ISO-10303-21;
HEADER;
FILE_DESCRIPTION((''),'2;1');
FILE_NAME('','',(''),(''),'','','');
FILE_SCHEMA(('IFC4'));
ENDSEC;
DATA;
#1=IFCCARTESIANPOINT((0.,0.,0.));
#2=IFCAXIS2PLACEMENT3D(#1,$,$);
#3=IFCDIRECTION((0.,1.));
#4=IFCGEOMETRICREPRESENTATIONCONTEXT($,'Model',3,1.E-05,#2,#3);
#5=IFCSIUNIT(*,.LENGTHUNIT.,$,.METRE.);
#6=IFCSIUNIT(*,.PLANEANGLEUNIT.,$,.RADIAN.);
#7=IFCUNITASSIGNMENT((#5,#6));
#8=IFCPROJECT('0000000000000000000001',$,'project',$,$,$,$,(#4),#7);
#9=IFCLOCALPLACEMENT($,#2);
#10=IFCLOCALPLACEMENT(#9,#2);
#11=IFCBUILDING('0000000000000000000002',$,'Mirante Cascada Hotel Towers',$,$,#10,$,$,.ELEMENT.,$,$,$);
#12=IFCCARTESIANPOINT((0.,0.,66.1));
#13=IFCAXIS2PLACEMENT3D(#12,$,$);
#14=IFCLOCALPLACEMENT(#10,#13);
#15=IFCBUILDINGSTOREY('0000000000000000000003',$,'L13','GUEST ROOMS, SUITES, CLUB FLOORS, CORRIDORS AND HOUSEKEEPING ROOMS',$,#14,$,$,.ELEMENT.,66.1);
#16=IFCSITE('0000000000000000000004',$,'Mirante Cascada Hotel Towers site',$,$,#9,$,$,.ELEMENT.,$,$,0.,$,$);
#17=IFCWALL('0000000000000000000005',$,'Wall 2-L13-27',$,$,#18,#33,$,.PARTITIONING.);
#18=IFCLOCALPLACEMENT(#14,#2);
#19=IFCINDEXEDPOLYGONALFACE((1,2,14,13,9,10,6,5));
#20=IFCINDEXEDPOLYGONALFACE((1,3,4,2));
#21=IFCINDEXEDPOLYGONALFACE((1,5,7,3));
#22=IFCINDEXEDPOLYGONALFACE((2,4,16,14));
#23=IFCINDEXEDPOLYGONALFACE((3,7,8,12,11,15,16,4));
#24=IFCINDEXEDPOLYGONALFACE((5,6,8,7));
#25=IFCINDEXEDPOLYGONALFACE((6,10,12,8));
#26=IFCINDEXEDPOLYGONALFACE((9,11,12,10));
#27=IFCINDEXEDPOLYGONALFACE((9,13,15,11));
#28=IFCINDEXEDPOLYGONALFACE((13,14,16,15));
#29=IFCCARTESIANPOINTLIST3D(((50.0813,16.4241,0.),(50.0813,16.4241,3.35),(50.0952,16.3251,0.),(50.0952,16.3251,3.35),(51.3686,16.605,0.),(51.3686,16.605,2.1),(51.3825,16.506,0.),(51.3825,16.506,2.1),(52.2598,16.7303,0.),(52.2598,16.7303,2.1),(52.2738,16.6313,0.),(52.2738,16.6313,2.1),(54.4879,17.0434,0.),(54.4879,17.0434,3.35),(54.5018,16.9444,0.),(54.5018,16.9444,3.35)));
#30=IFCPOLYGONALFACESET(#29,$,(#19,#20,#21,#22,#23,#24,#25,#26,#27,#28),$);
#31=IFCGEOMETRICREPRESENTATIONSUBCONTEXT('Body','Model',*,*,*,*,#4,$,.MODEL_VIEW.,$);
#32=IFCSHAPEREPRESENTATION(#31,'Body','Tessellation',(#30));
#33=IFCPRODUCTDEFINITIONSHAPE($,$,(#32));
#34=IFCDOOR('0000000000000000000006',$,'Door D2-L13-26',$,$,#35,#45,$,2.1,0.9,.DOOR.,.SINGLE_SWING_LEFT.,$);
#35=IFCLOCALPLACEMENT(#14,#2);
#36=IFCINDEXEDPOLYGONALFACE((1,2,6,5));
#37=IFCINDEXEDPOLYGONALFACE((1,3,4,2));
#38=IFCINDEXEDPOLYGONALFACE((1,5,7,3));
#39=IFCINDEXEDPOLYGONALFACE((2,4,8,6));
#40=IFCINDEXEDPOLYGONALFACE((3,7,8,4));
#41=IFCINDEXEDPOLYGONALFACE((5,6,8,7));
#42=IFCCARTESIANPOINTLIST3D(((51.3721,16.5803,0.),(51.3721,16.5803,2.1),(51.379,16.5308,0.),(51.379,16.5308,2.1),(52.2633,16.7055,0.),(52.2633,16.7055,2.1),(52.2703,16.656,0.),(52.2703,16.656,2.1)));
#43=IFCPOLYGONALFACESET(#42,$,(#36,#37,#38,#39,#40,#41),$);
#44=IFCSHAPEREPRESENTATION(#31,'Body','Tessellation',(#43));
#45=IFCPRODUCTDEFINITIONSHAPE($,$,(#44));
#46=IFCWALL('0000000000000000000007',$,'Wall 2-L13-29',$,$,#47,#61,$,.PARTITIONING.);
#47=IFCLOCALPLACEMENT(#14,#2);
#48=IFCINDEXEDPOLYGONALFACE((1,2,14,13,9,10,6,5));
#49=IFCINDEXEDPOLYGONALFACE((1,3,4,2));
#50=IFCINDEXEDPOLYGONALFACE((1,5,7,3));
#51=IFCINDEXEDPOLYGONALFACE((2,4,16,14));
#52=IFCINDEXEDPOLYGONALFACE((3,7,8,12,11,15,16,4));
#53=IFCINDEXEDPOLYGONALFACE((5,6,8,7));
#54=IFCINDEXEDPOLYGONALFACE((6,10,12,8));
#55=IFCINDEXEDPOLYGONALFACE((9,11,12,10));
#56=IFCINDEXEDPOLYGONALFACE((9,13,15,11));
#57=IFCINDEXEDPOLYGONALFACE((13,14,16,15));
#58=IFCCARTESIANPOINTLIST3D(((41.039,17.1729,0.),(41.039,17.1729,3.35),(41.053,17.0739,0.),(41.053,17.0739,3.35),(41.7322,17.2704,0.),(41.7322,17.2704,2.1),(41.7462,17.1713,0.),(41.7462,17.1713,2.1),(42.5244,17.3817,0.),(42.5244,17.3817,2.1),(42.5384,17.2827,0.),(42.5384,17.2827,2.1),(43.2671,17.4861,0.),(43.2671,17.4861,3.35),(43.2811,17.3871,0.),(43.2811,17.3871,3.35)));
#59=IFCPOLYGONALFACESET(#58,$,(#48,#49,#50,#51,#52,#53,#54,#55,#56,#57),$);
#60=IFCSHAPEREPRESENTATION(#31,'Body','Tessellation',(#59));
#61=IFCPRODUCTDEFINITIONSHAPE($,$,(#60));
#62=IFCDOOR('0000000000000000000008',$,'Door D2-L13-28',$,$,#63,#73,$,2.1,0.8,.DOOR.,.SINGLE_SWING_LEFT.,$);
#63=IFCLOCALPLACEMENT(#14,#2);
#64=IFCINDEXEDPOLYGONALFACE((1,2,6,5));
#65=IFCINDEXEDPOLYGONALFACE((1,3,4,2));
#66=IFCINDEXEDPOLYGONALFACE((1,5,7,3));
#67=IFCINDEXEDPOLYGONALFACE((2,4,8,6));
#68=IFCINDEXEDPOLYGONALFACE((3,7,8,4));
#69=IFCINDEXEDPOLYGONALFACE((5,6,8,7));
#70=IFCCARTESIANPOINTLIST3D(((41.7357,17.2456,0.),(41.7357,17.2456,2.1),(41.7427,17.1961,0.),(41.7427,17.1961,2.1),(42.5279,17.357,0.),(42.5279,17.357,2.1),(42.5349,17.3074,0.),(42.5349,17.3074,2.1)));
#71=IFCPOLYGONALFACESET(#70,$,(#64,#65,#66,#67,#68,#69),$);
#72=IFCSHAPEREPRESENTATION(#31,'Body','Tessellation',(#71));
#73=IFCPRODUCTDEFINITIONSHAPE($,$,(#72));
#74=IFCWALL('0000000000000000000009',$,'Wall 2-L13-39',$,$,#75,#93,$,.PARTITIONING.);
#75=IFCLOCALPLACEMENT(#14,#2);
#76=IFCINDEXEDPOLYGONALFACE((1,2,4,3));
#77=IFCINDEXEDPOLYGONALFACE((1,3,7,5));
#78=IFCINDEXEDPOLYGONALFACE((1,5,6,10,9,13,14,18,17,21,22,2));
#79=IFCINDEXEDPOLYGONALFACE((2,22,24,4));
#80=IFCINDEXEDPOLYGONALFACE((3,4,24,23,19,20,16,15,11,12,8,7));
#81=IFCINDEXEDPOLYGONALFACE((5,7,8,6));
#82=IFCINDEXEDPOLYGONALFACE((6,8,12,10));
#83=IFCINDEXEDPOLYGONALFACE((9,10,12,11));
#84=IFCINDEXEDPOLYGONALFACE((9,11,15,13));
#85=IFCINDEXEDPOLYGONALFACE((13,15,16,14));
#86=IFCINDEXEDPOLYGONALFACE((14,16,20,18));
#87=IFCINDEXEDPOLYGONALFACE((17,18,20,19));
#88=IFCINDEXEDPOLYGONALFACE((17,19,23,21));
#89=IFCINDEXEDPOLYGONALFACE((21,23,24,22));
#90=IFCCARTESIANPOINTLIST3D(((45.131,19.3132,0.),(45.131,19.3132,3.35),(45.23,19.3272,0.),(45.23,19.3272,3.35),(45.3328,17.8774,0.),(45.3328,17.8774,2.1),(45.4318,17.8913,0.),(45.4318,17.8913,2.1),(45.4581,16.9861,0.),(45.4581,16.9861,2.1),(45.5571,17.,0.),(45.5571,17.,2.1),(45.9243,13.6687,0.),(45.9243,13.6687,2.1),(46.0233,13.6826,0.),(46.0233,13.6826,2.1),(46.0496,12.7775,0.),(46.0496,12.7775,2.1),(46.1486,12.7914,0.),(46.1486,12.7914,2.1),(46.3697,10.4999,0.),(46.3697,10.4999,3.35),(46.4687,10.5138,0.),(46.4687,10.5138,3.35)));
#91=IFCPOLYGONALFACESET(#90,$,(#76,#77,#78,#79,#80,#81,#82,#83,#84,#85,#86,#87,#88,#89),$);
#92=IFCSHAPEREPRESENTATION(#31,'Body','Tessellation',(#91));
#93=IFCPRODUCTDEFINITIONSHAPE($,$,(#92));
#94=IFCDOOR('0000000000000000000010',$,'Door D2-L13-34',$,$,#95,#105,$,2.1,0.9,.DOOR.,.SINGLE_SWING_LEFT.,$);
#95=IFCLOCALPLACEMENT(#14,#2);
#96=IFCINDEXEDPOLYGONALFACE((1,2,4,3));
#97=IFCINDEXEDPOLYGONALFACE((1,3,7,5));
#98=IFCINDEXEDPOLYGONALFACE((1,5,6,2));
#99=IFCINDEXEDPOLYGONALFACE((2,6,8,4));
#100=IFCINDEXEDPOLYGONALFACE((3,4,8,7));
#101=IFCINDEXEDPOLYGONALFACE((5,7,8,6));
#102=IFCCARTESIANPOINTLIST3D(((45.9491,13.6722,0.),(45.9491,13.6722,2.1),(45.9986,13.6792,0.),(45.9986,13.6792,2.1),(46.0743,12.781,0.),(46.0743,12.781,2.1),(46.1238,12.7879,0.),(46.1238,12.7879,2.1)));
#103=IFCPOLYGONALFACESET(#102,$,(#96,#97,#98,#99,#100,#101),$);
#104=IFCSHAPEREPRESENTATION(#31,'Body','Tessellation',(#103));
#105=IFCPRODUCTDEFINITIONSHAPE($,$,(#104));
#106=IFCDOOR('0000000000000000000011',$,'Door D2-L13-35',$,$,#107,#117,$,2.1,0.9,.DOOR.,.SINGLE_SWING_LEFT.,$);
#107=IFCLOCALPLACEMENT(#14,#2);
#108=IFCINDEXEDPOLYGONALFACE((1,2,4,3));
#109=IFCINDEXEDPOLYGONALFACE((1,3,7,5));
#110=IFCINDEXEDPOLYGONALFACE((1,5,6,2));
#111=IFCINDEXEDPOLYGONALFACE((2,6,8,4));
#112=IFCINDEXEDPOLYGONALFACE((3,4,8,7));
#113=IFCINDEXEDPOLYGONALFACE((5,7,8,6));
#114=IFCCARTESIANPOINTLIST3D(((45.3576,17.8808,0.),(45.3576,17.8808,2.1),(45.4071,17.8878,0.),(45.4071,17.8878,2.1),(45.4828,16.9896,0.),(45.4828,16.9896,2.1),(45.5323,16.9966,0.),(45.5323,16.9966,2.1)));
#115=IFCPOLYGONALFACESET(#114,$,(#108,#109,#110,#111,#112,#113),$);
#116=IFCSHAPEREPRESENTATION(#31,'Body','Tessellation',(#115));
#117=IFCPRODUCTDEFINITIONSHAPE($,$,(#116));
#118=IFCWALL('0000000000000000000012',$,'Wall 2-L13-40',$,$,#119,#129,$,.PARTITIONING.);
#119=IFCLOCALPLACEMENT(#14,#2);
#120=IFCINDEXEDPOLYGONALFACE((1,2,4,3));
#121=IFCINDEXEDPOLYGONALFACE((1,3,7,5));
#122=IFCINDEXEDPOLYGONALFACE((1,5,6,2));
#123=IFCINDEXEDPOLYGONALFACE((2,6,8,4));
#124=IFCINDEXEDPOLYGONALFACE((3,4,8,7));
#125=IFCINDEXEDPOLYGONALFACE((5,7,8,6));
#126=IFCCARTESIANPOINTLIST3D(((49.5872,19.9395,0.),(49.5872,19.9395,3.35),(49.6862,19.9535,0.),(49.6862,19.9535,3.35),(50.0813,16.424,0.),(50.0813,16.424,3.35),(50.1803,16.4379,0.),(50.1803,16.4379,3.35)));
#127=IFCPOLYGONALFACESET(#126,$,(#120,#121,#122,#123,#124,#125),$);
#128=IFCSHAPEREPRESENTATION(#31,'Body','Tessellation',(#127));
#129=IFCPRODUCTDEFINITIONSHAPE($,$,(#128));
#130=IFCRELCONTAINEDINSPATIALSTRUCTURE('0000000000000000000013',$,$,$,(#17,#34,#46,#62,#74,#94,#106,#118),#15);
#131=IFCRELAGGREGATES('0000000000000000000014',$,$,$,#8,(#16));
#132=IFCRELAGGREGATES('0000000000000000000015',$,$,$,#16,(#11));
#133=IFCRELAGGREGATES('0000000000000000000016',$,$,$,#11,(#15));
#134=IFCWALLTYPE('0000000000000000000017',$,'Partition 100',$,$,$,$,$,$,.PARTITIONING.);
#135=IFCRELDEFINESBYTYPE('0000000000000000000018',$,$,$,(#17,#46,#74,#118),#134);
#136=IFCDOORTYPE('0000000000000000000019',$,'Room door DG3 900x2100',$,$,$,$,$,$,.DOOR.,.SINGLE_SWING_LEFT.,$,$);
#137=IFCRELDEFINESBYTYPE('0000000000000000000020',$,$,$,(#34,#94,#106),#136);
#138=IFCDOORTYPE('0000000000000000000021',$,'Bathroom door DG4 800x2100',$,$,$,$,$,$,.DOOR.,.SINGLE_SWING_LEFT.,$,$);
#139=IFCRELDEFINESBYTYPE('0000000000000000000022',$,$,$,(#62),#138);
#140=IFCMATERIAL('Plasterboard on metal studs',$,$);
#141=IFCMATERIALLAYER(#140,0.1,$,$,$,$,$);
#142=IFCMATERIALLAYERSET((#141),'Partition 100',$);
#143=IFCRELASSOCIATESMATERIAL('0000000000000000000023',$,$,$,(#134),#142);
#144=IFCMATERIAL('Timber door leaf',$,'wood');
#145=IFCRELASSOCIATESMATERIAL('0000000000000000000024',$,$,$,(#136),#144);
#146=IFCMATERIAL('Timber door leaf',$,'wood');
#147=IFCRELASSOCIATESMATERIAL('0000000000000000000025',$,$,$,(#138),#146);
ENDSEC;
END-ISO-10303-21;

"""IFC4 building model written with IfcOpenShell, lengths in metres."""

from ifc_helpers import new_model, si_unit, direction, frame, frame_2d, origin, place, context, subcontext, project, spatial, rectangle, extrude, material, layer, layer_set, type_object, element, fill, save


model = new_model("IFC4")

# Units and contexts
model_context = context("Model", 3, precision=1e-05, world=origin(), true_north=direction((0.0, 1.0)))
body_context = subcontext(model_context, "Body", "Model", "MODEL_VIEW")
ifc_project = project(units=[si_unit("LENGTHUNIT", "METRE"), si_unit("PLANEANGLEUNIT", "RADIAN")], contexts=[model_context])

# Site, building, storey
site_placement = place(None, origin())
site = spatial("IfcSite", under=ifc_project, at=site_placement, Name="Mirante Cascada Hotel Towers site", CompositionType="ELEMENT", RefElevation=0.0)
building_placement = place(site_placement, origin())
building = spatial("IfcBuilding", under=site, at=building_placement, Name="Mirante Cascada Hotel Towers", CompositionType="ELEMENT")
storey_placement = place(building_placement, frame((0.0, 0.0, 66.1)))
storey = spatial("IfcBuildingStorey", under=building, at=storey_placement, Name="L13", Description="GUEST ROOMS, SUITES, CLUB FLOORS, CORRIDORS AND HOUSEKEEPING ROOMS", CompositionType="ELEMENT", Elevation=66.1)

# Shared definitions
ifc_material_1 = material(Name="Plasterboard on metal studs")
ifc_layer_1 = layer(ifc_material_1, 0.1)
ifc_layer_set_1 = layer_set([ifc_layer_1], Name="Partition 100")
wall_type_1 = type_object("IfcWallType", Name="Partition 100", PredefinedType="PARTITIONING", material=ifc_layer_set_1)

# Walls, openings, doors
wall_1_placement = place(storey_placement, frame((54.4949, 16.9939, 0.0), z_axis=(0.0, 0.0, 1.0), x_axis=(-0.990268, -0.139172, 0.0)))
wall_1 = element("IfcWall", 1, at=wall_1_placement, inside=storey, type_object=wall_type_1, Name="Wall 2-L13-27", PredefinedType="PARTITIONING", context=body_context, shape_type="SweptSolid", body=[
    extrude(rectangle(XDim=4.4499, YDim=0.1, at=frame_2d((2.225, 0.0))), origin(), (0.0, 0.0, 1.0), 3.35),
])
opening_1_placement = place(wall_1_placement, frame((2.25, 0.0, 0.0)))
opening_1 = element("IfcOpeningElement", 2, at=opening_1_placement, cuts=wall_1, PredefinedType="OPENING", context=body_context, shape_type="SweptSolid", body=[
    extrude(rectangle(XDim=0.9, YDim=2.1, at=frame_2d((0.45, 1.05))), frame((0.0, 0.05, 0.0), z_axis=(0.0, -1.0, 0.0), x_axis=(1.0, 0.0, 0.0)), (0.0, 0.0, 1.0), 0.1),
])
ifc_material_2 = material(Name="Timber door leaf", Category="wood")
door_type_1 = type_object("IfcDoorType", Name="Room door DG3 900x2100", OperationType="SINGLE_SWING_LEFT", PredefinedType="DOOR", material=ifc_material_2)
door_1_placement = place(opening_1_placement, origin())
door_1 = element("IfcDoor", 3, at=door_1_placement, inside=storey, type_object=door_type_1, Name="Door D2-L13-26", OperationType="SINGLE_SWING_LEFT", OverallHeight=2.1, OverallWidth=0.9, PredefinedType="DOOR", context=body_context, shape_type="SweptSolid", body=[
    extrude(rectangle(XDim=0.9, YDim=2.1, at=frame_2d((0.45, 1.05))), frame((0.0, 0.025, 0.0), z_axis=(0.0, -1.0, 0.0), x_axis=(1.0, 0.0, 0.0)), (0.0, 0.0, 1.0), 0.05),
])
fill(opening_1, door_1)
wall_2_placement = place(storey_placement, frame((43.2741, 17.4366, 0.0), z_axis=(0.0, 0.0, 1.0), x_axis=(-0.990264, -0.1392, 0.0)))
wall_2 = element("IfcWall", 4, at=wall_2_placement, inside=storey, type_object=wall_type_1, Name="Wall 2-L13-29", PredefinedType="PARTITIONING", context=body_context, shape_type="SweptSolid", body=[
    extrude(rectangle(XDim=2.25, YDim=0.1, at=frame_2d((1.125, 0.0))), origin(), (0.0, 0.0, 1.0), 3.35),
])
opening_2_placement = place(wall_2_placement, frame((0.75, 0.0, 0.0)))
opening_2 = element("IfcOpeningElement", 5, at=opening_2_placement, cuts=wall_2, PredefinedType="OPENING", context=body_context, shape_type="SweptSolid", body=[
    extrude(rectangle(XDim=0.8, YDim=2.1, at=frame_2d((0.4, 1.05))), frame((0.0, 0.05, 0.0), z_axis=(0.0, -1.0, 0.0), x_axis=(1.0, 0.0, 0.0)), (0.0, 0.0, 1.0), 0.1),
])
ifc_material_3 = material(Name="Timber door leaf", Category="wood")
door_type_2 = type_object("IfcDoorType", Name="Bathroom door DG4 800x2100", OperationType="SINGLE_SWING_LEFT", PredefinedType="DOOR", material=ifc_material_3)
door_2_placement = place(opening_2_placement, origin())
door_2 = element("IfcDoor", 6, at=door_2_placement, inside=storey, type_object=door_type_2, Name="Door D2-L13-28", OperationType="SINGLE_SWING_LEFT", OverallHeight=2.1, OverallWidth=0.8, PredefinedType="DOOR", context=body_context, shape_type="SweptSolid", body=[
    extrude(rectangle(XDim=0.8, YDim=2.1, at=frame_2d((0.4, 1.05))), frame((0.0, 0.025, 0.0), z_axis=(0.0, -1.0, 0.0), x_axis=(1.0, 0.0, 0.0)), (0.0, 0.0, 1.0), 0.05),
])
fill(opening_2, door_2)

# Wall, openings, doors
wall_3_placement = place(storey_placement, frame((45.1805, 19.3202, 0.0), z_axis=(0.0, 0.0, 1.0), x_axis=(0.139179, -0.990267, 0.0)))
wall_3 = element("IfcWall", 7, at=wall_3_placement, inside=storey, type_object=wall_type_1, Name="Wall 2-L13-39", PredefinedType="PARTITIONING", context=body_context, shape_type="SweptSolid", body=[
    extrude(rectangle(XDim=8.9, YDim=0.1, at=frame_2d((4.45, 0.0))), origin(), (0.0, 0.0, 1.0), 3.35),
])
opening_3_placement = place(wall_3_placement, frame((5.7, 0.0, 0.0)))
opening_3 = element("IfcOpeningElement", 8, at=opening_3_placement, cuts=wall_3, PredefinedType="OPENING", context=body_context, shape_type="SweptSolid", body=[
    extrude(rectangle(XDim=0.9, YDim=2.1, at=frame_2d((0.45, 1.05))), frame((0.0, 0.05, 0.0), z_axis=(0.0, -1.0, 0.0), x_axis=(1.0, 0.0, 0.0)), (0.0, 0.0, 1.0), 0.1),
])
opening_4_placement = place(wall_3_placement, frame((1.45, 0.0, 0.0)))
opening_4 = element("IfcOpeningElement", 9, at=opening_4_placement, cuts=wall_3, PredefinedType="OPENING", context=body_context, shape_type="SweptSolid", body=[
    extrude(rectangle(XDim=0.9, YDim=2.1, at=frame_2d((0.45, 1.05))), frame((0.0, 0.05, 0.0), z_axis=(0.0, -1.0, 0.0), x_axis=(1.0, 0.0, 0.0)), (0.0, 0.0, 1.0), 0.1),
])
door_3_placement = place(opening_3_placement, origin())
door_3 = element("IfcDoor", 10, at=door_3_placement, inside=storey, type_object=door_type_1, Name="Door D2-L13-34", OperationType="SINGLE_SWING_LEFT", OverallHeight=2.1, OverallWidth=0.9, PredefinedType="DOOR", context=body_context, shape_type="SweptSolid", body=[
    extrude(rectangle(XDim=0.9, YDim=2.1, at=frame_2d((0.45, 1.05))), frame((0.0, 0.025, 0.0), z_axis=(0.0, -1.0, 0.0), x_axis=(1.0, 0.0, 0.0)), (0.0, 0.0, 1.0), 0.05),
])
fill(opening_3, door_3)
door_4_placement = place(opening_4_placement, origin())
door_4 = element("IfcDoor", 11, at=door_4_placement, inside=storey, type_object=door_type_1, Name="Door D2-L13-35", OperationType="SINGLE_SWING_LEFT", OverallHeight=2.1, OverallWidth=0.9, PredefinedType="DOOR", context=body_context, shape_type="SweptSolid", body=[
    extrude(rectangle(XDim=0.9, YDim=2.1, at=frame_2d((0.45, 1.05))), frame((0.0, 0.025, 0.0), z_axis=(0.0, -1.0, 0.0), x_axis=(1.0, 0.0, 0.0)), (0.0, 0.0, 1.0), 0.05),
])
fill(opening_4, door_4)

# Wall
wall_4_placement = place(storey_placement, frame((50.1308, 16.431, 0.0), z_axis=(0.0, 0.0, 1.0), x_axis=(-0.139181, 0.990267, 0.0)))
element("IfcWall", 12, at=wall_4_placement, inside=storey, type_object=wall_type_1, Name="Wall 2-L13-40", PredefinedType="PARTITIONING", context=body_context, shape_type="SweptSolid", body=[
    extrude(rectangle(XDim=3.5501, YDim=0.1, at=frame_2d((1.775, 0.0))), origin(), (0.0, 0.0, 1.0), 3.35),
])

save(model, "model.ifc")
